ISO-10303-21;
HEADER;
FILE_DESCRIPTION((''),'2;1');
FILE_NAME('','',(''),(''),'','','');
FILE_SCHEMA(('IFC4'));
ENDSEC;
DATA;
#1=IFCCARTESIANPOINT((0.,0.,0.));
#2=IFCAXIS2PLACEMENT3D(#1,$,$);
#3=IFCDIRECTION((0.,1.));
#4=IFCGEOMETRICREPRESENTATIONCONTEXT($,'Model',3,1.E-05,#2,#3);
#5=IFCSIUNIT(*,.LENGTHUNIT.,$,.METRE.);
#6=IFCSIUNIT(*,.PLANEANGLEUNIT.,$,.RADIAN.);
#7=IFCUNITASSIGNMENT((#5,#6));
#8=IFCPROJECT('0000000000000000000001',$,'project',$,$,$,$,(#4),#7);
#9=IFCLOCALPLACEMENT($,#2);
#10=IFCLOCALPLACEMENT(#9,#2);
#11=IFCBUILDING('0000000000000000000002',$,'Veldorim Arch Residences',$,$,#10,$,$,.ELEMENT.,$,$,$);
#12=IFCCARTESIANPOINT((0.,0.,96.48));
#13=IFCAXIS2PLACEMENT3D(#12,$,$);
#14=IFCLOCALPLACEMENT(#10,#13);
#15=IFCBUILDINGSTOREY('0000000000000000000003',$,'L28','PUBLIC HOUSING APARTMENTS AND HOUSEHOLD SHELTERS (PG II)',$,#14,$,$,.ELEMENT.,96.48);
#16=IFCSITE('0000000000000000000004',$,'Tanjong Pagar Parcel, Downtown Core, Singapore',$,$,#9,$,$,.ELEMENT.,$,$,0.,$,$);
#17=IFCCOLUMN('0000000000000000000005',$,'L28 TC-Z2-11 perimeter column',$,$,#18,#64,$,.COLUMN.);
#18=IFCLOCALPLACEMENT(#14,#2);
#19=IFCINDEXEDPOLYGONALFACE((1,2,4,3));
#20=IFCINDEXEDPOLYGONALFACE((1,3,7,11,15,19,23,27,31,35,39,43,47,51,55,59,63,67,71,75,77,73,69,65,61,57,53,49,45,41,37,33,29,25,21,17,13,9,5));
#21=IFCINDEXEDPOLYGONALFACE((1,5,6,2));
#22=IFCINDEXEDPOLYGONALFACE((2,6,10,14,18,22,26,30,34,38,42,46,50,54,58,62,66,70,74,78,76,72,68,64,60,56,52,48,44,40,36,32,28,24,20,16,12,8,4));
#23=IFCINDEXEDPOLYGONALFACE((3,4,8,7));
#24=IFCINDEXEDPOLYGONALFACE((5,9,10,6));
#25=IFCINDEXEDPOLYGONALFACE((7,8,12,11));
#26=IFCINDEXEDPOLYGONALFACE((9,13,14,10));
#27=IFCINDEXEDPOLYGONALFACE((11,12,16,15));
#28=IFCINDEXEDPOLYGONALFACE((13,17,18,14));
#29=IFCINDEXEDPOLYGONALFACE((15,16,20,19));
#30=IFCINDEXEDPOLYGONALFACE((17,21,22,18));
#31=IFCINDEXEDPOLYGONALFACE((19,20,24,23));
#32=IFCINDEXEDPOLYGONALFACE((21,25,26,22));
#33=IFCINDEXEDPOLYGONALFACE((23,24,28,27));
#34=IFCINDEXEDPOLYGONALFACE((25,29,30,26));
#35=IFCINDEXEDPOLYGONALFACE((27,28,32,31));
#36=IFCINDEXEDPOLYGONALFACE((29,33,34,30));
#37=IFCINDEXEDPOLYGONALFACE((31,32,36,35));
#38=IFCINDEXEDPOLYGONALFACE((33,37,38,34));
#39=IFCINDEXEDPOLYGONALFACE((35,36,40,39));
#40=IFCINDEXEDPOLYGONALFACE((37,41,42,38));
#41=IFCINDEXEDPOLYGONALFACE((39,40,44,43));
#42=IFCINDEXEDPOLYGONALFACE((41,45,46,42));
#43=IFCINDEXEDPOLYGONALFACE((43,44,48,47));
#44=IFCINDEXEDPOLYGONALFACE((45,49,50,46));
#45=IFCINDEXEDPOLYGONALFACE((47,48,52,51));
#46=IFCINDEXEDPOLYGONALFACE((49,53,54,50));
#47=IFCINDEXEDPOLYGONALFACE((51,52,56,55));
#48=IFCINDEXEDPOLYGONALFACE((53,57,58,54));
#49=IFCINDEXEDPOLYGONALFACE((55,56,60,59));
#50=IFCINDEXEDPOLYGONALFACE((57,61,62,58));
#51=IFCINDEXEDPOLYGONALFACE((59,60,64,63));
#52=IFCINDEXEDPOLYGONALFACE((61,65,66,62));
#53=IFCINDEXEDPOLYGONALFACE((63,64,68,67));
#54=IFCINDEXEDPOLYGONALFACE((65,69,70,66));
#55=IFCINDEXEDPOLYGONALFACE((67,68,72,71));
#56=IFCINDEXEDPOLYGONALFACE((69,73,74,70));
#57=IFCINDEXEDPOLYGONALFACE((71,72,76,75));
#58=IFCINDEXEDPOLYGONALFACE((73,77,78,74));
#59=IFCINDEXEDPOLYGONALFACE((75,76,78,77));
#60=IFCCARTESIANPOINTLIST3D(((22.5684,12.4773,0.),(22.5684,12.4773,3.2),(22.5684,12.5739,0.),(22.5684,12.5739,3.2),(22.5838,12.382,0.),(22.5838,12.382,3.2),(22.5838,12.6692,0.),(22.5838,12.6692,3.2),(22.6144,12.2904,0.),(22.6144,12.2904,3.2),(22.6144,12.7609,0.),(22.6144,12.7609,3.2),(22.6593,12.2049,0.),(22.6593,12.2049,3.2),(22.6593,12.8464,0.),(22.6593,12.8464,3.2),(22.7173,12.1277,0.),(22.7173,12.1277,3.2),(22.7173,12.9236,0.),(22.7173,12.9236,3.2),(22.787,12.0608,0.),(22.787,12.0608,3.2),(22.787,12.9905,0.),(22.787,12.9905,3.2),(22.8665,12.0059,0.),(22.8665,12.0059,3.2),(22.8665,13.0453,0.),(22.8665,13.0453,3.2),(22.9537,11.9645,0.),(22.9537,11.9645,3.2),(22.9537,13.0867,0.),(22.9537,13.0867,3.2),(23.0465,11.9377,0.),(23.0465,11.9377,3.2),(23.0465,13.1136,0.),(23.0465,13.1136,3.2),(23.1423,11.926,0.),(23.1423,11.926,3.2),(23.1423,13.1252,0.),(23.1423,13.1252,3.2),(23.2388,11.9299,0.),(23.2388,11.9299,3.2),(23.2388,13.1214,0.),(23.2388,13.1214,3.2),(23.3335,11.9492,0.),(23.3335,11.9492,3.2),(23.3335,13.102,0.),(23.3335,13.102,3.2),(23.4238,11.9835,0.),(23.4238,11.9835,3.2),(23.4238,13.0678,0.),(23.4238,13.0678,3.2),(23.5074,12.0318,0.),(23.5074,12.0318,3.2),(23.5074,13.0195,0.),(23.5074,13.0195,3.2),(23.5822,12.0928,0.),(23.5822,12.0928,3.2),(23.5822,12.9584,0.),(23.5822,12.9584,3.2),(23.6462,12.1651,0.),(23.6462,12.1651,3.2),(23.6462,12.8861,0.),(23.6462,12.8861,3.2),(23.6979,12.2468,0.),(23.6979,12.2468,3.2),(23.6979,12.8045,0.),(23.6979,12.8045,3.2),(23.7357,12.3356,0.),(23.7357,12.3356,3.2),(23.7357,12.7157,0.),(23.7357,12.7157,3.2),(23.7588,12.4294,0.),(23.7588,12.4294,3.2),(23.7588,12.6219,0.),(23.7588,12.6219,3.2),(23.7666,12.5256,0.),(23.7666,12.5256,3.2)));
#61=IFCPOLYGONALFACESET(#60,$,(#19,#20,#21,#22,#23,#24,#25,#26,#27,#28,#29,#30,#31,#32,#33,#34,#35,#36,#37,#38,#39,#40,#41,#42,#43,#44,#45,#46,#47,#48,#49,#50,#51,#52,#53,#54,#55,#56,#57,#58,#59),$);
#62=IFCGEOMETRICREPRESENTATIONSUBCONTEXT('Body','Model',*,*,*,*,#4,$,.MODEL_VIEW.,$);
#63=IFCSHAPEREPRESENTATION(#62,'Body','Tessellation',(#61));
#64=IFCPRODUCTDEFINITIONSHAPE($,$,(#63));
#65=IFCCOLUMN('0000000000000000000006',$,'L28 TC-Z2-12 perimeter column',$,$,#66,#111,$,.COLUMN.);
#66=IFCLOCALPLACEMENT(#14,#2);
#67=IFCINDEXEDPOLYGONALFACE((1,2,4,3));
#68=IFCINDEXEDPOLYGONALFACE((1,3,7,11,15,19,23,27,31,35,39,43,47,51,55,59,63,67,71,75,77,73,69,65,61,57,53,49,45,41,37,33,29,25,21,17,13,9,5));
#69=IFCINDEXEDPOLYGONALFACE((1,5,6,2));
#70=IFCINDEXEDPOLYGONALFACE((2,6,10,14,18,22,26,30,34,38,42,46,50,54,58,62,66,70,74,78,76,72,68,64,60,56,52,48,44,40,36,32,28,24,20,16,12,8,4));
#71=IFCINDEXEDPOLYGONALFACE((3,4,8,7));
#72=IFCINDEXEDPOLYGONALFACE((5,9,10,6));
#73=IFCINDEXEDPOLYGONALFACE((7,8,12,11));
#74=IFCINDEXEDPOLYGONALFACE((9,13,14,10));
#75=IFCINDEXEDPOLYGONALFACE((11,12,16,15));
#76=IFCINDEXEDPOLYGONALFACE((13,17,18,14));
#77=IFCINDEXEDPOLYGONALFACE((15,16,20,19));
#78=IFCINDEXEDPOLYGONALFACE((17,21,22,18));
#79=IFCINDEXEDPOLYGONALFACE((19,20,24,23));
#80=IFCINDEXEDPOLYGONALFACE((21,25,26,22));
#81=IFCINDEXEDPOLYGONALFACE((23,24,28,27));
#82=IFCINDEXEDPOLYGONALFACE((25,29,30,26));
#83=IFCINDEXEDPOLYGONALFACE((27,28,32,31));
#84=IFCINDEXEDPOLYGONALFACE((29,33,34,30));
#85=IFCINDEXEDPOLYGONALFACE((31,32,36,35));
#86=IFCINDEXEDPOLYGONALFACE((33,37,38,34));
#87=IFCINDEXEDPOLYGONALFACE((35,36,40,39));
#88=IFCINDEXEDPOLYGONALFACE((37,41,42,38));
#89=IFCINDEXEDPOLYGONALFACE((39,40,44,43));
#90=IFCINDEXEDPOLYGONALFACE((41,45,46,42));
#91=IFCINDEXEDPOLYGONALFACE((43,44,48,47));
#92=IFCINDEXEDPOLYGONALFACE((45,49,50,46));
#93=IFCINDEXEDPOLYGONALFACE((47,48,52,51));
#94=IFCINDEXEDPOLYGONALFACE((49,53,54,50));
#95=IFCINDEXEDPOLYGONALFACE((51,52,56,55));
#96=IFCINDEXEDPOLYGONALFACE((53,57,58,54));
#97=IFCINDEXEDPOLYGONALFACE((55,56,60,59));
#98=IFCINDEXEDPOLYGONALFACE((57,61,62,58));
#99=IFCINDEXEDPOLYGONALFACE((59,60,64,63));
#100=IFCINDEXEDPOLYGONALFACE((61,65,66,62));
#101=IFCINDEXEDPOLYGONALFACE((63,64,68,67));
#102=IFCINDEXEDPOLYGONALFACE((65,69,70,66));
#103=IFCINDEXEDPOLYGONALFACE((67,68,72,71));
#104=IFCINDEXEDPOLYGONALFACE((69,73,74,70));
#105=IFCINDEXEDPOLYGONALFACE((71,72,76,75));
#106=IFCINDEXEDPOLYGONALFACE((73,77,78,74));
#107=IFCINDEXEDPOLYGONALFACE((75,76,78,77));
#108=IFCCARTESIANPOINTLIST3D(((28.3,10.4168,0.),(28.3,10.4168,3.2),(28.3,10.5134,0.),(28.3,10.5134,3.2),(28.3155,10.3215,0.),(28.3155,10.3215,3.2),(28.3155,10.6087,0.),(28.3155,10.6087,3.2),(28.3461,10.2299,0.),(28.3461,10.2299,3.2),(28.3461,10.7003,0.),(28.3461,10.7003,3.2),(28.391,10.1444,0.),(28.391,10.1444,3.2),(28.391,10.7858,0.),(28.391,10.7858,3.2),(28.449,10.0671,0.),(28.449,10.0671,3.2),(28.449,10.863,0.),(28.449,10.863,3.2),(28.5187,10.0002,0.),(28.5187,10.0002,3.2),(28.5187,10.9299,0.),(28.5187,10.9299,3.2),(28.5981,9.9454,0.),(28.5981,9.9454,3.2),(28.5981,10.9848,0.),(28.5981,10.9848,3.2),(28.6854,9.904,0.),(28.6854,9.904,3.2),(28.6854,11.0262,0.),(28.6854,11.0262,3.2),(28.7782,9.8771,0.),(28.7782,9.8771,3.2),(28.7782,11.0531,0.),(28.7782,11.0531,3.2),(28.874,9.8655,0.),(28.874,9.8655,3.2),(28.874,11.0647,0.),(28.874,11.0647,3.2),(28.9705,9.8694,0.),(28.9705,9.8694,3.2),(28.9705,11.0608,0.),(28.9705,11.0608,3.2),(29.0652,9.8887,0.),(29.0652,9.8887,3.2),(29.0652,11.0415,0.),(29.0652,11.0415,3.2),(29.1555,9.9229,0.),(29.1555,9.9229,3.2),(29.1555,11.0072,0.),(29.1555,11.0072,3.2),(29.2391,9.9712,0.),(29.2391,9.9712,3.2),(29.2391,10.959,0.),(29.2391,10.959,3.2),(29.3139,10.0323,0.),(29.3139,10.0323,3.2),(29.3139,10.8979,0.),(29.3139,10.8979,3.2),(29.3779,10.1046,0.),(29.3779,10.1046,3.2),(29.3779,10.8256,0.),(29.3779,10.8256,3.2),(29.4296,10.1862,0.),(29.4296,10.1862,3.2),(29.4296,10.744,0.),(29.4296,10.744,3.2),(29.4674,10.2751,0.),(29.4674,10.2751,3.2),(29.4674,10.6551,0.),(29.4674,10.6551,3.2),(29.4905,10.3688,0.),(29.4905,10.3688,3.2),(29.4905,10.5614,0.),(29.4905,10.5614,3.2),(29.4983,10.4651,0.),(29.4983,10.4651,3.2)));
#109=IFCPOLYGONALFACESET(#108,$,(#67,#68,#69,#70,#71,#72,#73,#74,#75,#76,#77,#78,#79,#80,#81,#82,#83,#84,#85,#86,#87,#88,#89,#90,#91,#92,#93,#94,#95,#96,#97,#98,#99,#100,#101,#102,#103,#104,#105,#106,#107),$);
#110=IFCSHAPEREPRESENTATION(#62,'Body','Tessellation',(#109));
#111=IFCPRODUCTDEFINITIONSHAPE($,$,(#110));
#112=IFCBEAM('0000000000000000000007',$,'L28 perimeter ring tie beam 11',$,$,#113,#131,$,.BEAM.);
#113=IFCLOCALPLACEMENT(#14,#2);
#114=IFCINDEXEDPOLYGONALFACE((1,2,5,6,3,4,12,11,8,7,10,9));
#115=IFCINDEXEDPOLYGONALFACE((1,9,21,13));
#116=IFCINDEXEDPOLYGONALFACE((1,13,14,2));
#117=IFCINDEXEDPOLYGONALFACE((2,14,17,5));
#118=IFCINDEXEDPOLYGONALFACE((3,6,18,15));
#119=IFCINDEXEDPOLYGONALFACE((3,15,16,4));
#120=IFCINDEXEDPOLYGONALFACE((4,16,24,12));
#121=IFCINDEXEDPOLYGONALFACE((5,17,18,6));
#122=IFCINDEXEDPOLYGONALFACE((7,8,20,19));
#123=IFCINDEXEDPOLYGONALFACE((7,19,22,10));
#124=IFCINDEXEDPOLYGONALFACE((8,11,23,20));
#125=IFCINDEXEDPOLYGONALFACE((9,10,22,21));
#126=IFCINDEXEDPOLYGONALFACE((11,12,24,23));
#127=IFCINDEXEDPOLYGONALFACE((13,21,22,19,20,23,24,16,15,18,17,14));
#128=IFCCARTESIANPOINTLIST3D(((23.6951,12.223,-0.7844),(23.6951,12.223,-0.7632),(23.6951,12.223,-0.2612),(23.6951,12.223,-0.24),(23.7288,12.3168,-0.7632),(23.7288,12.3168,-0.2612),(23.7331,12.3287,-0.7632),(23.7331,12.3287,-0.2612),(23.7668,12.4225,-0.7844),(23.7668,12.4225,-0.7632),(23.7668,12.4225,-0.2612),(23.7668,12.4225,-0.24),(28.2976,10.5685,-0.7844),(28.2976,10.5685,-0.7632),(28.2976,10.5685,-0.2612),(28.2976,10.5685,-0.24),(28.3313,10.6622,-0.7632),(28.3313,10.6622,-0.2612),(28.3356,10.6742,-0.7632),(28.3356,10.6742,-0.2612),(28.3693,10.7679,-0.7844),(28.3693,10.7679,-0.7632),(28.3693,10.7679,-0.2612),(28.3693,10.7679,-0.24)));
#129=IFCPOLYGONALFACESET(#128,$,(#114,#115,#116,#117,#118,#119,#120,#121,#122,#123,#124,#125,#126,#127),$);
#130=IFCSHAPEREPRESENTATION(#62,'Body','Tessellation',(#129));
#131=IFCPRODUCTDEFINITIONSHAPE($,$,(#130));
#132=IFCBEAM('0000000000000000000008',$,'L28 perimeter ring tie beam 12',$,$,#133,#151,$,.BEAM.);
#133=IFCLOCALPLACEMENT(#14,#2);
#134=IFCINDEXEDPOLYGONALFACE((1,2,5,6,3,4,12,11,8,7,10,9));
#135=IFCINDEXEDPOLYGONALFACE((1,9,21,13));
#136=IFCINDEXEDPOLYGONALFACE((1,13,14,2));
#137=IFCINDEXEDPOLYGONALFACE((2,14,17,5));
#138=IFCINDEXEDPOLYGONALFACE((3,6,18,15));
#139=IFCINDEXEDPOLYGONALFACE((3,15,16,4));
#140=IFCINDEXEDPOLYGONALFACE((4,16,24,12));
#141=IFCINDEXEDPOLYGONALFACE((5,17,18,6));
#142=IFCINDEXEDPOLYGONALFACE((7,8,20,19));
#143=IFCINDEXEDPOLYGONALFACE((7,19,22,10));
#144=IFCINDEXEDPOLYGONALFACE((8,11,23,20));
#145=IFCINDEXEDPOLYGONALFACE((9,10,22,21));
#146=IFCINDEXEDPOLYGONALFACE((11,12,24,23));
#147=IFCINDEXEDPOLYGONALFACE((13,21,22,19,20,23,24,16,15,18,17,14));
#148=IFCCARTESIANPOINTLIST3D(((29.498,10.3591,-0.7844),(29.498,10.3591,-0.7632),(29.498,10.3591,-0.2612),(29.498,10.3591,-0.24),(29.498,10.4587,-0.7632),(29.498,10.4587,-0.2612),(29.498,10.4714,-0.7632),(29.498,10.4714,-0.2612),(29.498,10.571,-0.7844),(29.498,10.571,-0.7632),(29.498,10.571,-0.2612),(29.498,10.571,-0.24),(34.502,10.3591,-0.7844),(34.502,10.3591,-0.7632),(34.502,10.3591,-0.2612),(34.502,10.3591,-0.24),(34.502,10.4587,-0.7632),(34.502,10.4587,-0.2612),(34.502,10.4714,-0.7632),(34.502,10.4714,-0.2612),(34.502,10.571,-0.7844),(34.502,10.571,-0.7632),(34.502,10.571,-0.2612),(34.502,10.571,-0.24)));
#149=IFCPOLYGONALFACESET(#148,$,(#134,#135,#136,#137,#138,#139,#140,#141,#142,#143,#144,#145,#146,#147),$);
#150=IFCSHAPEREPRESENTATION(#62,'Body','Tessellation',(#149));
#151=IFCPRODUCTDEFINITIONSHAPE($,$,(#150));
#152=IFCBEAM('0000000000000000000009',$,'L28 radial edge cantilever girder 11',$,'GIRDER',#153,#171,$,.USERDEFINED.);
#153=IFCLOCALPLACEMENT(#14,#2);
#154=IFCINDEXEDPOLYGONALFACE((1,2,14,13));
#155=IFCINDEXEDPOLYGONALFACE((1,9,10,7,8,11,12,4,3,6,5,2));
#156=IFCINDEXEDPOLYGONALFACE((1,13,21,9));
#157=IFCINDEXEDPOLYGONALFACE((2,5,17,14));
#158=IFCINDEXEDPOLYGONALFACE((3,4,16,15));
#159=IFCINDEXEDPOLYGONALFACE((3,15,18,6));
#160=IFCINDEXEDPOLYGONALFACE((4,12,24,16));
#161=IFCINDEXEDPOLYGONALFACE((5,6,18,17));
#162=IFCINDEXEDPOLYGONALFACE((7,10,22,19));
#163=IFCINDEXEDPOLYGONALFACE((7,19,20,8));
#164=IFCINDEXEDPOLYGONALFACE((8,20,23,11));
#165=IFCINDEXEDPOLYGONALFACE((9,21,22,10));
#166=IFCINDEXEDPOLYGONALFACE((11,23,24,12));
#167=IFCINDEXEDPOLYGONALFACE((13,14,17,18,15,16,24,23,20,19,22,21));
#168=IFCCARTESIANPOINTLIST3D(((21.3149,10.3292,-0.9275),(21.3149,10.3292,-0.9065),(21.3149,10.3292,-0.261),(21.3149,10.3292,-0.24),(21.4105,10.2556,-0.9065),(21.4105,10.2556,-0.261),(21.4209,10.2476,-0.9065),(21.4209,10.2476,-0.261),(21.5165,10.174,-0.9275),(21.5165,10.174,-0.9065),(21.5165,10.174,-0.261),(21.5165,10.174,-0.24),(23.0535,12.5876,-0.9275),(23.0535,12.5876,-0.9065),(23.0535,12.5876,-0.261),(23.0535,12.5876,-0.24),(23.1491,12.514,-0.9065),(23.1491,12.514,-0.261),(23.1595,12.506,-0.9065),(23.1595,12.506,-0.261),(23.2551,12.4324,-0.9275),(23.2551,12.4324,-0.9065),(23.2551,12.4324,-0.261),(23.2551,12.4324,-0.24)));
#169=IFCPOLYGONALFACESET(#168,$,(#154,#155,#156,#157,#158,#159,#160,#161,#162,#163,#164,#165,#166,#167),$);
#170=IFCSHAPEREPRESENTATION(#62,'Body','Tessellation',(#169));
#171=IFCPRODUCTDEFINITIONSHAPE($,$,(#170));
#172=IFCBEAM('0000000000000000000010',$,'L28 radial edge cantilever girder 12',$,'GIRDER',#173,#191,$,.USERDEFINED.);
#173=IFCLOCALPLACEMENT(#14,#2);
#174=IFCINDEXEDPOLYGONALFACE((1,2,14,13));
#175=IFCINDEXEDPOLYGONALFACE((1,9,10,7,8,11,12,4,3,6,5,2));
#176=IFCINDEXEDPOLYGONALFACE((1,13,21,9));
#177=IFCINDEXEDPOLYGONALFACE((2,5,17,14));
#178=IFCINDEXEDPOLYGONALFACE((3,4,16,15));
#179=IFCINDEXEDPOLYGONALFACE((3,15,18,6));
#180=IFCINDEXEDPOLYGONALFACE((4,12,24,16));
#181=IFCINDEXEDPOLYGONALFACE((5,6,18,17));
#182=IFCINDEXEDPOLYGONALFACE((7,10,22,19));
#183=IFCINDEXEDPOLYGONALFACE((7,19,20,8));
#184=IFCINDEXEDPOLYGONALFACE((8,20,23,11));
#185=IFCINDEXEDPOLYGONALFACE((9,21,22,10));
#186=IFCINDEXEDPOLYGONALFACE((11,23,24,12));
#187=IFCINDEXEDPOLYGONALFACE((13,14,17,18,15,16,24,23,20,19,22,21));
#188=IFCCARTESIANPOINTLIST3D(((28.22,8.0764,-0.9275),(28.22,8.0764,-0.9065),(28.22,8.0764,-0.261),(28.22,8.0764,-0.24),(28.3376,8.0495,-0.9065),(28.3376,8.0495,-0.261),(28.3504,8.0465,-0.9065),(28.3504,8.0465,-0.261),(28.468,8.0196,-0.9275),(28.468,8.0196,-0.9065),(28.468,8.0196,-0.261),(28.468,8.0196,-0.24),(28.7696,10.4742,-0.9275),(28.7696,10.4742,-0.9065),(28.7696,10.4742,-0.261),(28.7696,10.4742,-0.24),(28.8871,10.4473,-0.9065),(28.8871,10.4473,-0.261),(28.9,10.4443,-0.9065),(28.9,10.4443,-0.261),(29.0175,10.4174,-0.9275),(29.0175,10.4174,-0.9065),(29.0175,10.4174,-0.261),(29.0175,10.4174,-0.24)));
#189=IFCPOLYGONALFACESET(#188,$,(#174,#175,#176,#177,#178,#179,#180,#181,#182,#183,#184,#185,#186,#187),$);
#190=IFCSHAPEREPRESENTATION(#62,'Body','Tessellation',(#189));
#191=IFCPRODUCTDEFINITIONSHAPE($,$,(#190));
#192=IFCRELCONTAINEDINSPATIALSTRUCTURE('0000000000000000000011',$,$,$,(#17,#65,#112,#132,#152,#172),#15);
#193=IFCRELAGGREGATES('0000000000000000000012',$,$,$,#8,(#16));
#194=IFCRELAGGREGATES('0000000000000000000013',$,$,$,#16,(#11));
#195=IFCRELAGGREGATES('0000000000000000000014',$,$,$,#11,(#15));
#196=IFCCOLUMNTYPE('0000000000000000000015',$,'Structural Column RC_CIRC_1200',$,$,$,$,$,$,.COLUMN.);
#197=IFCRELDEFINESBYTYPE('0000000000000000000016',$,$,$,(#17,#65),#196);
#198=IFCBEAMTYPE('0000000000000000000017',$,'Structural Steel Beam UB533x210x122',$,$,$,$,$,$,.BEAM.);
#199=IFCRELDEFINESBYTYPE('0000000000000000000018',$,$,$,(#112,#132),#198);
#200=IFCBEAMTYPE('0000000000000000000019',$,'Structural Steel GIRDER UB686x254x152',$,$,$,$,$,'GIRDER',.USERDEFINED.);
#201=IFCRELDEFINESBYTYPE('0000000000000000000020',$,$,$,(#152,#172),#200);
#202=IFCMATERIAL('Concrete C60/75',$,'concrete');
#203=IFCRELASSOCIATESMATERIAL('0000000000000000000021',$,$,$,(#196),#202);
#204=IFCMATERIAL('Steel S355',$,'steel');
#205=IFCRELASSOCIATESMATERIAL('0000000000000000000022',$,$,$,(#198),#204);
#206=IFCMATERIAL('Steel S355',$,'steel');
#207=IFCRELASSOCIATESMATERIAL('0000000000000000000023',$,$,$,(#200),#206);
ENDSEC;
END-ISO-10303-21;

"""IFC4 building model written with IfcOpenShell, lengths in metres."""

from ifc_helpers import new_model, si_unit, direction, frame, origin, origin_2d, place, context, subcontext, project, spatial, circle, i_section, extrude, material, material_profile, profile_set, type_object, element, save


model = new_model("IFC4")

# Units and contexts
model_context = context("Model", 3, precision=1e-05, world=origin(), true_north=direction((0.0, 1.0)))
body_context = subcontext(model_context, "Body", "Model", "MODEL_VIEW")
ifc_project = project(units=[si_unit("LENGTHUNIT", "METRE"), si_unit("PLANEANGLEUNIT", "RADIAN")], contexts=[model_context])

# Site, building, storey
site_placement = place(None, origin())
site = spatial("IfcSite", under=ifc_project, at=site_placement, Name="Tanjong Pagar Parcel, Downtown Core, Singapore", CompositionType="ELEMENT", RefElevation=0.0)
building_placement = place(site_placement, origin())
building = spatial("IfcBuilding", under=site, at=building_placement, Name="Veldorim Arch Residences", CompositionType="ELEMENT")
storey_placement = place(building_placement, frame((0.0, 0.0, 96.48)))
storey = spatial("IfcBuildingStorey", under=building, at=storey_placement, Name="L28", Description="PUBLIC HOUSING APARTMENTS AND HOUSEHOLD SHELTERS (PG II)", CompositionType="ELEMENT", Elevation=96.48)

# Columns
ifc_material_1 = material(Name="Concrete C60/75", Category="concrete")
ifc_material_profile_1 = material_profile(ifc_material_1, circle(Radius=0.6001, at=origin_2d()), Name="RC_CIRC_1200")
ifc_profile_set_1 = profile_set([ifc_material_profile_1], Name="Concrete C60/75")
column_type = type_object("IfcColumnType", Name="Structural Column RC_CIRC_1200", PredefinedType="COLUMN", material=ifc_profile_set_1)
for number, where, z_axis, x_axis, name in (
    (1, (23.1665, 12.5256, 0.0), (0.0, 0.0, 1.0), (1.0, 0.0, 0.0), "L28 TC-Z2-11 perimeter column"),
    (2, (28.8982, 10.4651, 0.0), (0.0, 0.0, 1.0), (1.0, 0.0, 0.0), "L28 TC-Z2-12 perimeter column"),
):
    element("IfcColumn", number, at=place(storey_placement, frame(where, z_axis=z_axis, x_axis=x_axis)), inside=storey, type_object=column_type, Name=name, PredefinedType="COLUMN", context=body_context, shape_type="SweptSolid", body=[
        extrude(circle(Radius=0.6001, at=origin_2d()), origin(), (0.0, 0.0, 1.0), 3.2),
    ])

# Beams
ifc_material_2 = material(Name="Steel S355", Category="steel")
ifc_material_profile_2 = material_profile(ifc_material_2, i_section(OverallWidth=0.2119, OverallDepth=0.5444, WebThickness=0.0127, FlangeThickness=0.0212, at=origin_2d()), Name="UB533x210x122")
ifc_profile_set_2 = profile_set([ifc_material_profile_2], Name="Steel S355")
beam_type_1 = type_object("IfcBeamType", Name="Structural Steel Beam UB533x210x122", PredefinedType="BEAM", material=ifc_profile_set_2)
beam_1_placement = place(storey_placement, frame((23.731, 12.3228, -0.5122), z_axis=(0.941042, -0.33829, 0.0), x_axis=(0.33829, 0.941042, 0.0)))
element("IfcBeam", 3, at=beam_1_placement, inside=storey, type_object=beam_type_1, Name="L28 perimeter ring tie beam 11", PredefinedType="BEAM", context=body_context, shape_type="SweptSolid", body=[
    extrude(i_section(OverallWidth=0.2119, OverallDepth=0.5444, WebThickness=0.0127, FlangeThickness=0.0212, at=origin_2d()), origin(), (0.0, 0.0, 1.0), 4.8909),
])
beam_2_placement = place(storey_placement, frame((29.498, 10.4651, -0.5122), z_axis=(1.0, 0.0, 0.0), x_axis=(0.0, 1.0, 0.0)))
element("IfcBeam", 4, at=beam_2_placement, inside=storey, type_object=beam_type_1, Name="L28 perimeter ring tie beam 12", PredefinedType="BEAM", context=body_context, shape_type="SweptSolid", body=[
    extrude(i_section(OverallWidth=0.2119, OverallDepth=0.5444, WebThickness=0.0127, FlangeThickness=0.0212, at=origin_2d()), origin(), (0.0, 0.0, 1.0), 5.0039),
])
ifc_material_3 = material(Name="Steel S355", Category="steel")
ifc_material_profile_3 = material_profile(ifc_material_3, i_section(OverallWidth=0.2544, OverallDepth=0.6875, WebThickness=0.0132, FlangeThickness=0.021, at=origin_2d()), Name="UB686x254x152")
ifc_profile_set_3 = profile_set([ifc_material_profile_3], Name="Steel S355")
beam_type_2 = type_object("IfcBeamType", Name="Structural Steel GIRDER UB686x254x152", ElementType="GIRDER", PredefinedType="USERDEFINED", material=ifc_profile_set_3)
beam_3_placement = place(storey_placement, frame((23.1543, 12.51, -0.5837), z_axis=(-0.610013, -0.792391, 0.0), x_axis=(0.792391, -0.610013, 0.0)))
element("IfcBeam", 5, at=beam_3_placement, inside=storey, type_object=beam_type_2, Name="L28 radial edge cantilever girder 11", ObjectType="GIRDER", PredefinedType="USERDEFINED", context=body_context, shape_type="SweptSolid", body=[
    extrude(i_section(OverallWidth=0.2544, OverallDepth=0.6875, WebThickness=0.0132, FlangeThickness=0.021, at=origin_2d()), origin(), (0.0, 0.0, 1.0), 2.8501),
])
beam_4_placement = place(storey_placement, frame((28.8936, 10.4458, -0.5837), z_axis=(-0.22341, -0.974725, 0.0), x_axis=(0.974725, -0.22341, 0.0)))
element("IfcBeam", 6, at=beam_4_placement, inside=storey, type_object=beam_type_2, Name="L28 radial edge cantilever girder 12", ObjectType="GIRDER", PredefinedType="USERDEFINED", context=body_context, shape_type="SweptSolid", body=[
    extrude(i_section(OverallWidth=0.2544, OverallDepth=0.6875, WebThickness=0.0132, FlangeThickness=0.021, at=origin_2d()), origin(), (0.0, 0.0, 1.0), 2.46),
])

save(model, "model.ifc")
